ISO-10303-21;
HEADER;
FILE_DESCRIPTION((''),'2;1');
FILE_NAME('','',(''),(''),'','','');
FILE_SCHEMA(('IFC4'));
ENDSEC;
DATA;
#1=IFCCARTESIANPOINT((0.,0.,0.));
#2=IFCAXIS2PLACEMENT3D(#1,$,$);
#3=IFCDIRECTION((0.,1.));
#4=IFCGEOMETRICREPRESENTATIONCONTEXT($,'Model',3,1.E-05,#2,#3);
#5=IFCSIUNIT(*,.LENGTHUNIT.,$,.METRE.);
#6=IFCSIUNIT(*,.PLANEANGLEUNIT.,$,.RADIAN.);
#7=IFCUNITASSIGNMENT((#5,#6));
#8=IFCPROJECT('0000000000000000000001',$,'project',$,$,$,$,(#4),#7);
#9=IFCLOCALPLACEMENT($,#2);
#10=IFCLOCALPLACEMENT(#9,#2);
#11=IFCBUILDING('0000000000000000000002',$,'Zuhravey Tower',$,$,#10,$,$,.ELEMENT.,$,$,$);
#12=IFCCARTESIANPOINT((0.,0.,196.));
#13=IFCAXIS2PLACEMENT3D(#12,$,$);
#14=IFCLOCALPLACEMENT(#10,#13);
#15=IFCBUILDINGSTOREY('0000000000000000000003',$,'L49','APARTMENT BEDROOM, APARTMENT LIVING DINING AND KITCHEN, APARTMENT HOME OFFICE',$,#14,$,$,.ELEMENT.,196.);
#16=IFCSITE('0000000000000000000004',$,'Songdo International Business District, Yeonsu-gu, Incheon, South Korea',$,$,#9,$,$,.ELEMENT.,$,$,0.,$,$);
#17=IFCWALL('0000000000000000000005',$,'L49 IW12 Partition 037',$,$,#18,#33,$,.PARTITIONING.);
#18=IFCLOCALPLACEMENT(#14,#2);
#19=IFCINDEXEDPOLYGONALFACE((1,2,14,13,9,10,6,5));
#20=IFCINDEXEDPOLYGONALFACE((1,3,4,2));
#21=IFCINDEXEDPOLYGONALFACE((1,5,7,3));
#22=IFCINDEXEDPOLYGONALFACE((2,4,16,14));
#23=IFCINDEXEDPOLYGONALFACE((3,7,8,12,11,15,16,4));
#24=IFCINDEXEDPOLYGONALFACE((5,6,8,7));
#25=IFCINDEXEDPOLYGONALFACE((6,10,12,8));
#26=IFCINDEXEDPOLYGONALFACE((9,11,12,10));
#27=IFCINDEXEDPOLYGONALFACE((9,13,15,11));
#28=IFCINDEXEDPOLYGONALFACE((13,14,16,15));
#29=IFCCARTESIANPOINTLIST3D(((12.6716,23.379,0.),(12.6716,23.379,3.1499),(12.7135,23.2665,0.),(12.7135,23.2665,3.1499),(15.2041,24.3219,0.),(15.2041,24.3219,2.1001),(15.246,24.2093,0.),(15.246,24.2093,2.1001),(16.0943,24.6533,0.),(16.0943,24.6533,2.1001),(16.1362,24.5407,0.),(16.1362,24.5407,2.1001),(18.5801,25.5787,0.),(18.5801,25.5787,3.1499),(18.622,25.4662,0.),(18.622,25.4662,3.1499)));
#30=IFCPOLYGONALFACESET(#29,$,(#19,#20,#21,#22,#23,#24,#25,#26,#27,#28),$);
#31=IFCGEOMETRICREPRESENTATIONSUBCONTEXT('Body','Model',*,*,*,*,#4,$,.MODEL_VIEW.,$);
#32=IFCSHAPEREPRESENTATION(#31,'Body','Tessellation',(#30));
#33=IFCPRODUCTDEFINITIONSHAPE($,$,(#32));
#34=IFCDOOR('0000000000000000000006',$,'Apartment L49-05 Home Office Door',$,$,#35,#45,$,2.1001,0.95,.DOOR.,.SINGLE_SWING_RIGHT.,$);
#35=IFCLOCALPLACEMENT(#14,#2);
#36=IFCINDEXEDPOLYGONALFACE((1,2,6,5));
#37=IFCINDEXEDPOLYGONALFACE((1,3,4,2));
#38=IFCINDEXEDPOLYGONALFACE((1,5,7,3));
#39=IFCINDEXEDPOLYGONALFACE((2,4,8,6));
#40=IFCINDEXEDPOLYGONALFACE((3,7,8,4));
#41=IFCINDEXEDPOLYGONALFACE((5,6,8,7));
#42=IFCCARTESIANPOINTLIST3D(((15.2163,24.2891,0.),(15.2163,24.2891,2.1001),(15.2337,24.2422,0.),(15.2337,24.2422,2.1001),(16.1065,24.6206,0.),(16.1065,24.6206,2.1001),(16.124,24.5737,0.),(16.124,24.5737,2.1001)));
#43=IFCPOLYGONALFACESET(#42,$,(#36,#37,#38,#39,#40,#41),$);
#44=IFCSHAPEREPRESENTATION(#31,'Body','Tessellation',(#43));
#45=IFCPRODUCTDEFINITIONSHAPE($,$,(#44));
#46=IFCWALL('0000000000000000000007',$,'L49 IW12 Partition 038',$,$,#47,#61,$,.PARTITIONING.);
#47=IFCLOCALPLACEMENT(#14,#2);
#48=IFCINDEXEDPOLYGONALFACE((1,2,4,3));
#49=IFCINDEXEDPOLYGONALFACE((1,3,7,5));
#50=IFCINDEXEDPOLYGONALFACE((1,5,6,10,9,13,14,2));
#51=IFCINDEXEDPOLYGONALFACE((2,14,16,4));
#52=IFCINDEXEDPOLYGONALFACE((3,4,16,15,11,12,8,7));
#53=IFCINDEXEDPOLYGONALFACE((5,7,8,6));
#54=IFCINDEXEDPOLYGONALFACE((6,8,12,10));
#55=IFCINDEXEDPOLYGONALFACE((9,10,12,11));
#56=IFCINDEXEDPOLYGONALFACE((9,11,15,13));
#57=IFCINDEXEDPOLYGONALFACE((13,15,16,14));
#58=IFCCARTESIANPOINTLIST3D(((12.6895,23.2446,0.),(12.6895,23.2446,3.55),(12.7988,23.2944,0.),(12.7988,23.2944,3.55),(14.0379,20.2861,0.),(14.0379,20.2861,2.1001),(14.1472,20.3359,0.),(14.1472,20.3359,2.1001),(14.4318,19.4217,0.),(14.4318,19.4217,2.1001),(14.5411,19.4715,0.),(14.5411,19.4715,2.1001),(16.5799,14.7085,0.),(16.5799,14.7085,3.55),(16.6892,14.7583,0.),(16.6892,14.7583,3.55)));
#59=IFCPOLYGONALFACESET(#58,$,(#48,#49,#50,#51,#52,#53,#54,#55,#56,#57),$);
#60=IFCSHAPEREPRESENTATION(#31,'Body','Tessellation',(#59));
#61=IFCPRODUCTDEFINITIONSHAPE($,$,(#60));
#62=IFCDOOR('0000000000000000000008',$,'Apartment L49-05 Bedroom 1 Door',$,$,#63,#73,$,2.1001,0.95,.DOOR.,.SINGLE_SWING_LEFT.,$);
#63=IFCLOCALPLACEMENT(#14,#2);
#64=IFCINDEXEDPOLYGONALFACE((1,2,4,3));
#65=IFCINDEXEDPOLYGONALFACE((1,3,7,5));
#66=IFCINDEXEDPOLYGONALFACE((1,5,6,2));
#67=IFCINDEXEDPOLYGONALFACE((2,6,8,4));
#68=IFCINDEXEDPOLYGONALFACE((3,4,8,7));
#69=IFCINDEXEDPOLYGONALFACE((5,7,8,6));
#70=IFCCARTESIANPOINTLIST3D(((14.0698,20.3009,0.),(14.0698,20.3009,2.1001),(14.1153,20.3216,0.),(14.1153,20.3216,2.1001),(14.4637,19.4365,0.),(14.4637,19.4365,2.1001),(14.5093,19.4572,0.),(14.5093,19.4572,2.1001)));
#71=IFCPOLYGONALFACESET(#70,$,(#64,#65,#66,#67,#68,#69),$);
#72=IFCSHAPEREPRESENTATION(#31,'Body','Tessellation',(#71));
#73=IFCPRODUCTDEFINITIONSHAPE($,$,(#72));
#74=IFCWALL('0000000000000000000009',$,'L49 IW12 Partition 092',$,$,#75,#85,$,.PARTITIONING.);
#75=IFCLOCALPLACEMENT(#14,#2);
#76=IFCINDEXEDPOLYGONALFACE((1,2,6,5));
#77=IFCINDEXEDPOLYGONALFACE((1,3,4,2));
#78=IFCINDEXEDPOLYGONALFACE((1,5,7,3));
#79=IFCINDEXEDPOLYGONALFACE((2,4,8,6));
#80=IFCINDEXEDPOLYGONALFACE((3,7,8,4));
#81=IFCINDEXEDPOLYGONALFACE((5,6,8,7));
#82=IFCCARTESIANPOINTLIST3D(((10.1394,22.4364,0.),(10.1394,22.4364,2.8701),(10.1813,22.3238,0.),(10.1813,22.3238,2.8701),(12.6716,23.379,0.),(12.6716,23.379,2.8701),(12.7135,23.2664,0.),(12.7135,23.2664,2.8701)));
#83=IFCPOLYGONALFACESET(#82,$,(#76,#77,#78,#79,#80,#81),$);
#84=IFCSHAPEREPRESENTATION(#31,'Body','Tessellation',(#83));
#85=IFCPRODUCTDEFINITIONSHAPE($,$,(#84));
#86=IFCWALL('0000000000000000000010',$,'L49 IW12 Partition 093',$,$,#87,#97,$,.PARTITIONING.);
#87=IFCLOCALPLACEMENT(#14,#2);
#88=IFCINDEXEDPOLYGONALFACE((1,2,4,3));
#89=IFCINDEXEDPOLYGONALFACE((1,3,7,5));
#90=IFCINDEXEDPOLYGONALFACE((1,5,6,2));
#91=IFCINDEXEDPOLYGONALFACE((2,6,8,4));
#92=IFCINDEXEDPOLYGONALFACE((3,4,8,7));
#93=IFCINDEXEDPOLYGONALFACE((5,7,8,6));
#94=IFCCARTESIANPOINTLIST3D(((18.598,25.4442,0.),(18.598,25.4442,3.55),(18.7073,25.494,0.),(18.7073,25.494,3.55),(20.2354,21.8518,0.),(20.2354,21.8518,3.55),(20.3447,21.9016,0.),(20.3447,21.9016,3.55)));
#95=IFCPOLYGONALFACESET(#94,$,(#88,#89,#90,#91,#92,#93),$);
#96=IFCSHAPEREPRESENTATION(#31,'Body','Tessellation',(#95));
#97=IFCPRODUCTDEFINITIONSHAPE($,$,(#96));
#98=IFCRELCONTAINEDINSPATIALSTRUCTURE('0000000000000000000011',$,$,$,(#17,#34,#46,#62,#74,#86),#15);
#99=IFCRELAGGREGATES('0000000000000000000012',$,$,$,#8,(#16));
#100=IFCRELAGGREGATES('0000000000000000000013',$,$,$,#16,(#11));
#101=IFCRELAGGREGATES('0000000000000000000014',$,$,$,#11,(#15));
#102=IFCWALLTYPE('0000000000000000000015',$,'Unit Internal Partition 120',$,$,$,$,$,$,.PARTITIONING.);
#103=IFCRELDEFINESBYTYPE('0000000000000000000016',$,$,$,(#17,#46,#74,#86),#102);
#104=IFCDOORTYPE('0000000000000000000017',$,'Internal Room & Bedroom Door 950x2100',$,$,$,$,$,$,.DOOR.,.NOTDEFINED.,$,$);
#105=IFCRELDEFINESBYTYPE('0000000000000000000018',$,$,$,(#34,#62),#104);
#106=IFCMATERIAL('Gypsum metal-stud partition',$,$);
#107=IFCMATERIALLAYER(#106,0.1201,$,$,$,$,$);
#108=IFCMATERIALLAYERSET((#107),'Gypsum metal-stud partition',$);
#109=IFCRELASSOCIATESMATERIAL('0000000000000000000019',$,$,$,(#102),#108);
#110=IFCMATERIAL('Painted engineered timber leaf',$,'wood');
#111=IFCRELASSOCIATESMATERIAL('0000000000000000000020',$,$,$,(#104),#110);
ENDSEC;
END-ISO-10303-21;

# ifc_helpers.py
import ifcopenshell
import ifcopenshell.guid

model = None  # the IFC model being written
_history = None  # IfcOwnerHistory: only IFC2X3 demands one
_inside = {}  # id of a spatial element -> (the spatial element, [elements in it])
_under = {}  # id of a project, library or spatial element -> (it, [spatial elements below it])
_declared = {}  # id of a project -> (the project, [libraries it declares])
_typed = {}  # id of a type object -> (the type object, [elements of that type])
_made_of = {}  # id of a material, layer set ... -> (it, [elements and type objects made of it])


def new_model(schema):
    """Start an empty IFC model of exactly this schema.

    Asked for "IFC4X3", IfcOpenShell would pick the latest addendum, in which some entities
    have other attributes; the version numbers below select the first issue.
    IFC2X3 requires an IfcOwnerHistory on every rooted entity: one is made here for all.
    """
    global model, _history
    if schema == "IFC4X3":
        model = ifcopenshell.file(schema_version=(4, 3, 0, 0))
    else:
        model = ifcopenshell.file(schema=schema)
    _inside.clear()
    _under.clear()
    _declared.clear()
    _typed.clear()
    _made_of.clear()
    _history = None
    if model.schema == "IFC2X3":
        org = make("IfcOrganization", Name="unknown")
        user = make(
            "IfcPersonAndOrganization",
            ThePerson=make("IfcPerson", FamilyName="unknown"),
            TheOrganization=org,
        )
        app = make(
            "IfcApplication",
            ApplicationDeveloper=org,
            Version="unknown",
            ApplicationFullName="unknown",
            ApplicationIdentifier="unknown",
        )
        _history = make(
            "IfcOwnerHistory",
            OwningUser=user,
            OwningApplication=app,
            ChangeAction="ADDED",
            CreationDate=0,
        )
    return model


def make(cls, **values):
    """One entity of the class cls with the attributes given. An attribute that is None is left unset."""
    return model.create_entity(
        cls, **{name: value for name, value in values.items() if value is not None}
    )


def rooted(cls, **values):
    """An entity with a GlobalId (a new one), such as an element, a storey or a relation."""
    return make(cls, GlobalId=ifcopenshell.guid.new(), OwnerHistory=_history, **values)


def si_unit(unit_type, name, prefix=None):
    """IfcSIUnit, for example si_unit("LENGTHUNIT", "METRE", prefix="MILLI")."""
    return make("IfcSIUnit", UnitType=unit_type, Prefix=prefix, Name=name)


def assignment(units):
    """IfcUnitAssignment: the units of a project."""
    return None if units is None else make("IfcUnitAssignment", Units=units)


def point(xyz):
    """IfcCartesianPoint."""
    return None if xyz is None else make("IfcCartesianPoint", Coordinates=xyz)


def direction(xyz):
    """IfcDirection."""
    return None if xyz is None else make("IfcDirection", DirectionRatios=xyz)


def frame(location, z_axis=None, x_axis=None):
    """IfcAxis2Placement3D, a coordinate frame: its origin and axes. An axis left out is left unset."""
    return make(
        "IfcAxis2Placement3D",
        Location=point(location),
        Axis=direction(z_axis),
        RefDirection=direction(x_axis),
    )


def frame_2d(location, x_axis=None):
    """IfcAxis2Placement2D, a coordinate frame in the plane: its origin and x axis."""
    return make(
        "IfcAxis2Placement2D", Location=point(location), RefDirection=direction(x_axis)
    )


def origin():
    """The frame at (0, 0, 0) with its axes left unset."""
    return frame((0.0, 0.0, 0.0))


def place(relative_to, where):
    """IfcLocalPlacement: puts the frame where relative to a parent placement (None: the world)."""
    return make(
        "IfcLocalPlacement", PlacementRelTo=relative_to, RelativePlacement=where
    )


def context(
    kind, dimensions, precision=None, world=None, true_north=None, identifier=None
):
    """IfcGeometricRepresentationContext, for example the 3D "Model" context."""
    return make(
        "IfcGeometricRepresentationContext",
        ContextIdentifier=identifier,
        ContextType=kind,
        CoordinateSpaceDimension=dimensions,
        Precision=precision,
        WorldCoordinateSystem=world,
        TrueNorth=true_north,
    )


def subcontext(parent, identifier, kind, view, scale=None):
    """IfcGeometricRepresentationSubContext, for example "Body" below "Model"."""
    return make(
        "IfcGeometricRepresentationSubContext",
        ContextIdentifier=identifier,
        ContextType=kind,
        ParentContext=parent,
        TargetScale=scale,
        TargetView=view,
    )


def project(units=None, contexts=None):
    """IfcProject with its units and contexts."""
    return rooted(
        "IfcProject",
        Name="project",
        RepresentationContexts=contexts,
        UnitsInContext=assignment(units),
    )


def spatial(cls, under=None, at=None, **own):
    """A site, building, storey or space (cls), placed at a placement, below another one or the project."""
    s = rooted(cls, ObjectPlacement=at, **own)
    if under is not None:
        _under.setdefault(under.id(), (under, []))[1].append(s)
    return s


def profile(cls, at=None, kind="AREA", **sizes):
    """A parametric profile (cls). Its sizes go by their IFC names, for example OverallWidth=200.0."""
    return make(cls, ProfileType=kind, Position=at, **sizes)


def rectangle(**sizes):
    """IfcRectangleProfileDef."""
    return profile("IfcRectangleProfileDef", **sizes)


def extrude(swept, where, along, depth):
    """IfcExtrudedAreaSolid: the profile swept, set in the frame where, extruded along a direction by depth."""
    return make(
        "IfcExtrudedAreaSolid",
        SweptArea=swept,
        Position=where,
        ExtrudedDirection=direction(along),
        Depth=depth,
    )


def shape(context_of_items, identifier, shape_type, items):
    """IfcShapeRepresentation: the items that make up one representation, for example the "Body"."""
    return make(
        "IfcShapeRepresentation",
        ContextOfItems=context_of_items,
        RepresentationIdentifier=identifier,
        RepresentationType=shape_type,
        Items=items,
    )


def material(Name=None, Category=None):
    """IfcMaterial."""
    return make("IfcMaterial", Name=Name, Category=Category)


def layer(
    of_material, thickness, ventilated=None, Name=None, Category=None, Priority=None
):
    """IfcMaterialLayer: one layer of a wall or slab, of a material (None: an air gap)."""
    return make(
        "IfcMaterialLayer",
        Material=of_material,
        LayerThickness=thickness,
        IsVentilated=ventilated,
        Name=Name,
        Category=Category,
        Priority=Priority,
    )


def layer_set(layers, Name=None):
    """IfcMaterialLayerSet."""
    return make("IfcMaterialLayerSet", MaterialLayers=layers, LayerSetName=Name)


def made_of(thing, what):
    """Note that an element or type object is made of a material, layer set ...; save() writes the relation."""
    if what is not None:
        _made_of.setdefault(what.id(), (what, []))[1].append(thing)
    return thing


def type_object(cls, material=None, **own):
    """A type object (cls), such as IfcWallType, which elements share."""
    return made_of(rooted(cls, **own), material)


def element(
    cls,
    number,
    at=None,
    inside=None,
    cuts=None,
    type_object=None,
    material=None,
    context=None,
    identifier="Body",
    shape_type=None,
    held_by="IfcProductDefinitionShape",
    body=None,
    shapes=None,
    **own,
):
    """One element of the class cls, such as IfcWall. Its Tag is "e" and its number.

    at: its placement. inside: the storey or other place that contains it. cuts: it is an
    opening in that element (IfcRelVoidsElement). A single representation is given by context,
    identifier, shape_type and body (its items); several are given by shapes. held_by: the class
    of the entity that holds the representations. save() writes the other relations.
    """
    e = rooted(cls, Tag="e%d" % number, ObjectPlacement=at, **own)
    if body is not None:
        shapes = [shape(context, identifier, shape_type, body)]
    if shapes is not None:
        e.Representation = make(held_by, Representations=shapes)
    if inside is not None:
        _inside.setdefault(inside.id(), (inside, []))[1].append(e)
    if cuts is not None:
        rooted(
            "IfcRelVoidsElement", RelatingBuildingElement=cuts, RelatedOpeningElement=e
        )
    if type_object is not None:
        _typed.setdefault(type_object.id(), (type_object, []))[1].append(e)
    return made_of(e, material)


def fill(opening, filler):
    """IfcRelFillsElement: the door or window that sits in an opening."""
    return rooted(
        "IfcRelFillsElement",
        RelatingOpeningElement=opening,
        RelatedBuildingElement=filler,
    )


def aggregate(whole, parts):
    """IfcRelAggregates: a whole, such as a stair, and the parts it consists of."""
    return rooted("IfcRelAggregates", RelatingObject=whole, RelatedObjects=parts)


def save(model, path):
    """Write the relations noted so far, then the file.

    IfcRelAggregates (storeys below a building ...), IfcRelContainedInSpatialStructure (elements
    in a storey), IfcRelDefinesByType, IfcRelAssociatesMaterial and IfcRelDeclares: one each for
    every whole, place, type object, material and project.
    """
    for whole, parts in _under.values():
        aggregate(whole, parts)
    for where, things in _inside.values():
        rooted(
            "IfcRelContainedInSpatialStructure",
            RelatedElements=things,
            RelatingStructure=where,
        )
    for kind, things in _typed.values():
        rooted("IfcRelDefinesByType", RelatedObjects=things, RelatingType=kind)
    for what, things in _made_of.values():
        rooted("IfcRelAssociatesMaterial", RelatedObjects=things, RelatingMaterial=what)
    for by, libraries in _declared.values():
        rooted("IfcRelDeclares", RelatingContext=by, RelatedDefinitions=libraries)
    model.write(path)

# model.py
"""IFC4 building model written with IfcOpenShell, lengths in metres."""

from ifc_helpers import new_model, si_unit, direction, frame, frame_2d, origin, place, context, subcontext, project, spatial, rectangle, extrude, material, layer, layer_set, type_object, element, fill, save


model = new_model("IFC4")

# Units and contexts
model_context = context("Model", 3, precision=1e-05, world=origin(), true_north=direction((0.0, 1.0)))
body_context = subcontext(model_context, "Body", "Model", "MODEL_VIEW")
ifc_project = project(units=[si_unit("LENGTHUNIT", "METRE"), si_unit("PLANEANGLEUNIT", "RADIAN")], contexts=[model_context])

# Site, building, storey
site_placement = place(None, origin())
site = spatial("IfcSite", under=ifc_project, at=site_placement, Name="Songdo International Business District, Yeonsu-gu, Incheon, South Korea", CompositionType="ELEMENT", RefElevation=0.0)
building_placement = place(site_placement, origin())
building = spatial("IfcBuilding", under=site, at=building_placement, Name="Zuhravey Tower", CompositionType="ELEMENT")
storey_placement = place(building_placement, frame((0.0, 0.0, 196.0)))
storey = spatial("IfcBuildingStorey", under=building, at=storey_placement, Name="L49", Description="APARTMENT BEDROOM, APARTMENT LIVING DINING AND KITCHEN, APARTMENT HOME OFFICE", CompositionType="ELEMENT", Elevation=196.0)

# Walls, openings, doors
ifc_material_1 = material(Name="Gypsum metal-stud partition")
ifc_layer_1 = layer(ifc_material_1, 0.1201)
ifc_layer_set_1 = layer_set([ifc_layer_1], Name="Gypsum metal-stud partition")
wall_type_1 = type_object("IfcWallType", Name="Unit Internal Partition 120", PredefinedType="PARTITIONING", material=ifc_layer_set_1)
wall_1_placement = place(storey_placement, frame((18.6011, 25.5225, 0.0), z_axis=(0.0, 0.0, 1.0), x_axis=(-0.937159, -0.348903, 0.0)))
wall_1 = element("IfcWall", 1, at=wall_1_placement, inside=storey, type_object=wall_type_1, Name="L49 IW12 Partition 037", PredefinedType="PARTITIONING", context=body_context, shape_type="SweptSolid", body=[
    extrude(rectangle(XDim=6.3047, YDim=0.1201, at=frame_2d((3.1523, 0.0))), origin(), (0.0, 0.0, 1.0), 3.1499),
])
opening_1_placement = place(wall_1_placement, frame((2.6523, 0.0, 0.0)))
opening_1 = element("IfcOpeningElement", 2, at=opening_1_placement, cuts=wall_1, PredefinedType="OPENING", context=body_context, shape_type="SweptSolid", body=[
    extrude(rectangle(XDim=0.95, YDim=2.1001, at=frame_2d((0.4751, 1.05))), frame((0.0, 0.072, 0.0), z_axis=(0.0, -1.0, 0.0), x_axis=(1.0, 0.0, 0.0)), (0.0, 0.0, 1.0), 0.144),
])
ifc_material_2 = material(Name="Painted engineered timber leaf", Category="wood")
door_type_1 = type_object("IfcDoorType", Name="Internal Room & Bedroom Door 950x2100", OperationType="NOTDEFINED", PredefinedType="DOOR", material=ifc_material_2)
door_1_placement = place(opening_1_placement, origin())
door_1 = element("IfcDoor", 3, at=door_1_placement, inside=storey, type_object=door_type_1, Name="Apartment L49-05 Home Office Door", OperationType="SINGLE_SWING_RIGHT", OverallHeight=2.1001, OverallWidth=0.95, PredefinedType="DOOR", context=body_context, shape_type="SweptSolid", body=[
    extrude(rectangle(XDim=0.95, YDim=2.1001, at=frame_2d((0.4751, 1.05))), frame((0.0, 0.0249, 0.0), z_axis=(0.0, -1.0, 0.0), x_axis=(1.0, 0.0, 0.0)), (0.0, 0.0, 1.0), 0.05),
])
fill(opening_1, door_1)
wall_2_placement = place(storey_placement, frame((12.7441, 23.2695, 0.0), z_axis=(0.0, 0.0, 1.0), x_axis=(0.414715, -0.909952, 0.0)))
wall_2 = element("IfcWall", 4, at=wall_2_placement, inside=storey, type_object=wall_type_1, Name="L49 IW12 Partition 038", PredefinedType="PARTITIONING", context=body_context, shape_type="SweptSolid", body=[
    extrude(rectangle(XDim=9.3809, YDim=0.1201, at=frame_2d((4.6904, 0.0))), origin(), (0.0, 0.0, 1.0), 3.55),
])
opening_2_placement = place(wall_2_placement, frame((3.2512, 0.0, 0.0)))
opening_2 = element("IfcOpeningElement", 5, at=opening_2_placement, cuts=wall_2, PredefinedType="OPENING", context=body_context, shape_type="SweptSolid", body=[
    extrude(rectangle(XDim=0.95, YDim=2.1001, at=frame_2d((0.4751, 1.05))), frame((0.0, 0.072, 0.0), z_axis=(0.0, -1.0, 0.0), x_axis=(1.0, 0.0, 0.0)), (0.0, 0.0, 1.0), 0.144),
])
door_2_placement = place(opening_2_placement, frame((0.95, 0.0, 0.0), z_axis=(0.0, 0.0, 1.0), x_axis=(-1.0, 0.0, 0.0)))
door_2 = element("IfcDoor", 6, at=door_2_placement, inside=storey, type_object=door_type_1, Name="Apartment L49-05 Bedroom 1 Door", OperationType="SINGLE_SWING_LEFT", OverallHeight=2.1001, OverallWidth=0.95, PredefinedType="DOOR", context=body_context, shape_type="SweptSolid", body=[
    extrude(rectangle(XDim=0.95, YDim=2.1001, at=frame_2d((0.4751, 1.05))), frame((0.0, 0.0249, 0.0), z_axis=(0.0, -1.0, 0.0), x_axis=(1.0, 0.0, 0.0)), (0.0, 0.0, 1.0), 0.05),
])
fill(opening_2, door_2)

# Walls
wall_3_placement = place(storey_placement, frame((12.6926, 23.3228, 0.0), z_axis=(0.0, 0.0, 1.0), x_axis=(-0.937173, -0.348865, 0.0)))
element("IfcWall", 7, at=wall_3_placement, inside=storey, type_object=wall_type_1, Name="L49 IW12 Partition 092", PredefinedType="PARTITIONING", context=body_context, shape_type="SweptSolid", body=[
    extrude(rectangle(XDim=2.7019, YDim=0.1201, at=frame_2d((1.3511, 0.0))), origin(), (0.0, 0.0, 1.0), 2.8701),
])
wall_4_placement = place(storey_placement, frame((18.6526, 25.4692, 0.0), z_axis=(0.0, 0.0, 1.0), x_axis=(0.414744, -0.909938, 0.0)))
element("IfcWall", 8, at=wall_4_placement, inside=storey, type_object=wall_type_1, Name="L49 IW12 Partition 093", PredefinedType="PARTITIONING", context=body_context, shape_type="SweptSolid", body=[
    extrude(rectangle(XDim=3.948, YDim=0.1201, at=frame_2d((1.9741, 0.0))), origin(), (0.0, 0.0, 1.0), 3.55),
])

save(model, "model.ifc")
